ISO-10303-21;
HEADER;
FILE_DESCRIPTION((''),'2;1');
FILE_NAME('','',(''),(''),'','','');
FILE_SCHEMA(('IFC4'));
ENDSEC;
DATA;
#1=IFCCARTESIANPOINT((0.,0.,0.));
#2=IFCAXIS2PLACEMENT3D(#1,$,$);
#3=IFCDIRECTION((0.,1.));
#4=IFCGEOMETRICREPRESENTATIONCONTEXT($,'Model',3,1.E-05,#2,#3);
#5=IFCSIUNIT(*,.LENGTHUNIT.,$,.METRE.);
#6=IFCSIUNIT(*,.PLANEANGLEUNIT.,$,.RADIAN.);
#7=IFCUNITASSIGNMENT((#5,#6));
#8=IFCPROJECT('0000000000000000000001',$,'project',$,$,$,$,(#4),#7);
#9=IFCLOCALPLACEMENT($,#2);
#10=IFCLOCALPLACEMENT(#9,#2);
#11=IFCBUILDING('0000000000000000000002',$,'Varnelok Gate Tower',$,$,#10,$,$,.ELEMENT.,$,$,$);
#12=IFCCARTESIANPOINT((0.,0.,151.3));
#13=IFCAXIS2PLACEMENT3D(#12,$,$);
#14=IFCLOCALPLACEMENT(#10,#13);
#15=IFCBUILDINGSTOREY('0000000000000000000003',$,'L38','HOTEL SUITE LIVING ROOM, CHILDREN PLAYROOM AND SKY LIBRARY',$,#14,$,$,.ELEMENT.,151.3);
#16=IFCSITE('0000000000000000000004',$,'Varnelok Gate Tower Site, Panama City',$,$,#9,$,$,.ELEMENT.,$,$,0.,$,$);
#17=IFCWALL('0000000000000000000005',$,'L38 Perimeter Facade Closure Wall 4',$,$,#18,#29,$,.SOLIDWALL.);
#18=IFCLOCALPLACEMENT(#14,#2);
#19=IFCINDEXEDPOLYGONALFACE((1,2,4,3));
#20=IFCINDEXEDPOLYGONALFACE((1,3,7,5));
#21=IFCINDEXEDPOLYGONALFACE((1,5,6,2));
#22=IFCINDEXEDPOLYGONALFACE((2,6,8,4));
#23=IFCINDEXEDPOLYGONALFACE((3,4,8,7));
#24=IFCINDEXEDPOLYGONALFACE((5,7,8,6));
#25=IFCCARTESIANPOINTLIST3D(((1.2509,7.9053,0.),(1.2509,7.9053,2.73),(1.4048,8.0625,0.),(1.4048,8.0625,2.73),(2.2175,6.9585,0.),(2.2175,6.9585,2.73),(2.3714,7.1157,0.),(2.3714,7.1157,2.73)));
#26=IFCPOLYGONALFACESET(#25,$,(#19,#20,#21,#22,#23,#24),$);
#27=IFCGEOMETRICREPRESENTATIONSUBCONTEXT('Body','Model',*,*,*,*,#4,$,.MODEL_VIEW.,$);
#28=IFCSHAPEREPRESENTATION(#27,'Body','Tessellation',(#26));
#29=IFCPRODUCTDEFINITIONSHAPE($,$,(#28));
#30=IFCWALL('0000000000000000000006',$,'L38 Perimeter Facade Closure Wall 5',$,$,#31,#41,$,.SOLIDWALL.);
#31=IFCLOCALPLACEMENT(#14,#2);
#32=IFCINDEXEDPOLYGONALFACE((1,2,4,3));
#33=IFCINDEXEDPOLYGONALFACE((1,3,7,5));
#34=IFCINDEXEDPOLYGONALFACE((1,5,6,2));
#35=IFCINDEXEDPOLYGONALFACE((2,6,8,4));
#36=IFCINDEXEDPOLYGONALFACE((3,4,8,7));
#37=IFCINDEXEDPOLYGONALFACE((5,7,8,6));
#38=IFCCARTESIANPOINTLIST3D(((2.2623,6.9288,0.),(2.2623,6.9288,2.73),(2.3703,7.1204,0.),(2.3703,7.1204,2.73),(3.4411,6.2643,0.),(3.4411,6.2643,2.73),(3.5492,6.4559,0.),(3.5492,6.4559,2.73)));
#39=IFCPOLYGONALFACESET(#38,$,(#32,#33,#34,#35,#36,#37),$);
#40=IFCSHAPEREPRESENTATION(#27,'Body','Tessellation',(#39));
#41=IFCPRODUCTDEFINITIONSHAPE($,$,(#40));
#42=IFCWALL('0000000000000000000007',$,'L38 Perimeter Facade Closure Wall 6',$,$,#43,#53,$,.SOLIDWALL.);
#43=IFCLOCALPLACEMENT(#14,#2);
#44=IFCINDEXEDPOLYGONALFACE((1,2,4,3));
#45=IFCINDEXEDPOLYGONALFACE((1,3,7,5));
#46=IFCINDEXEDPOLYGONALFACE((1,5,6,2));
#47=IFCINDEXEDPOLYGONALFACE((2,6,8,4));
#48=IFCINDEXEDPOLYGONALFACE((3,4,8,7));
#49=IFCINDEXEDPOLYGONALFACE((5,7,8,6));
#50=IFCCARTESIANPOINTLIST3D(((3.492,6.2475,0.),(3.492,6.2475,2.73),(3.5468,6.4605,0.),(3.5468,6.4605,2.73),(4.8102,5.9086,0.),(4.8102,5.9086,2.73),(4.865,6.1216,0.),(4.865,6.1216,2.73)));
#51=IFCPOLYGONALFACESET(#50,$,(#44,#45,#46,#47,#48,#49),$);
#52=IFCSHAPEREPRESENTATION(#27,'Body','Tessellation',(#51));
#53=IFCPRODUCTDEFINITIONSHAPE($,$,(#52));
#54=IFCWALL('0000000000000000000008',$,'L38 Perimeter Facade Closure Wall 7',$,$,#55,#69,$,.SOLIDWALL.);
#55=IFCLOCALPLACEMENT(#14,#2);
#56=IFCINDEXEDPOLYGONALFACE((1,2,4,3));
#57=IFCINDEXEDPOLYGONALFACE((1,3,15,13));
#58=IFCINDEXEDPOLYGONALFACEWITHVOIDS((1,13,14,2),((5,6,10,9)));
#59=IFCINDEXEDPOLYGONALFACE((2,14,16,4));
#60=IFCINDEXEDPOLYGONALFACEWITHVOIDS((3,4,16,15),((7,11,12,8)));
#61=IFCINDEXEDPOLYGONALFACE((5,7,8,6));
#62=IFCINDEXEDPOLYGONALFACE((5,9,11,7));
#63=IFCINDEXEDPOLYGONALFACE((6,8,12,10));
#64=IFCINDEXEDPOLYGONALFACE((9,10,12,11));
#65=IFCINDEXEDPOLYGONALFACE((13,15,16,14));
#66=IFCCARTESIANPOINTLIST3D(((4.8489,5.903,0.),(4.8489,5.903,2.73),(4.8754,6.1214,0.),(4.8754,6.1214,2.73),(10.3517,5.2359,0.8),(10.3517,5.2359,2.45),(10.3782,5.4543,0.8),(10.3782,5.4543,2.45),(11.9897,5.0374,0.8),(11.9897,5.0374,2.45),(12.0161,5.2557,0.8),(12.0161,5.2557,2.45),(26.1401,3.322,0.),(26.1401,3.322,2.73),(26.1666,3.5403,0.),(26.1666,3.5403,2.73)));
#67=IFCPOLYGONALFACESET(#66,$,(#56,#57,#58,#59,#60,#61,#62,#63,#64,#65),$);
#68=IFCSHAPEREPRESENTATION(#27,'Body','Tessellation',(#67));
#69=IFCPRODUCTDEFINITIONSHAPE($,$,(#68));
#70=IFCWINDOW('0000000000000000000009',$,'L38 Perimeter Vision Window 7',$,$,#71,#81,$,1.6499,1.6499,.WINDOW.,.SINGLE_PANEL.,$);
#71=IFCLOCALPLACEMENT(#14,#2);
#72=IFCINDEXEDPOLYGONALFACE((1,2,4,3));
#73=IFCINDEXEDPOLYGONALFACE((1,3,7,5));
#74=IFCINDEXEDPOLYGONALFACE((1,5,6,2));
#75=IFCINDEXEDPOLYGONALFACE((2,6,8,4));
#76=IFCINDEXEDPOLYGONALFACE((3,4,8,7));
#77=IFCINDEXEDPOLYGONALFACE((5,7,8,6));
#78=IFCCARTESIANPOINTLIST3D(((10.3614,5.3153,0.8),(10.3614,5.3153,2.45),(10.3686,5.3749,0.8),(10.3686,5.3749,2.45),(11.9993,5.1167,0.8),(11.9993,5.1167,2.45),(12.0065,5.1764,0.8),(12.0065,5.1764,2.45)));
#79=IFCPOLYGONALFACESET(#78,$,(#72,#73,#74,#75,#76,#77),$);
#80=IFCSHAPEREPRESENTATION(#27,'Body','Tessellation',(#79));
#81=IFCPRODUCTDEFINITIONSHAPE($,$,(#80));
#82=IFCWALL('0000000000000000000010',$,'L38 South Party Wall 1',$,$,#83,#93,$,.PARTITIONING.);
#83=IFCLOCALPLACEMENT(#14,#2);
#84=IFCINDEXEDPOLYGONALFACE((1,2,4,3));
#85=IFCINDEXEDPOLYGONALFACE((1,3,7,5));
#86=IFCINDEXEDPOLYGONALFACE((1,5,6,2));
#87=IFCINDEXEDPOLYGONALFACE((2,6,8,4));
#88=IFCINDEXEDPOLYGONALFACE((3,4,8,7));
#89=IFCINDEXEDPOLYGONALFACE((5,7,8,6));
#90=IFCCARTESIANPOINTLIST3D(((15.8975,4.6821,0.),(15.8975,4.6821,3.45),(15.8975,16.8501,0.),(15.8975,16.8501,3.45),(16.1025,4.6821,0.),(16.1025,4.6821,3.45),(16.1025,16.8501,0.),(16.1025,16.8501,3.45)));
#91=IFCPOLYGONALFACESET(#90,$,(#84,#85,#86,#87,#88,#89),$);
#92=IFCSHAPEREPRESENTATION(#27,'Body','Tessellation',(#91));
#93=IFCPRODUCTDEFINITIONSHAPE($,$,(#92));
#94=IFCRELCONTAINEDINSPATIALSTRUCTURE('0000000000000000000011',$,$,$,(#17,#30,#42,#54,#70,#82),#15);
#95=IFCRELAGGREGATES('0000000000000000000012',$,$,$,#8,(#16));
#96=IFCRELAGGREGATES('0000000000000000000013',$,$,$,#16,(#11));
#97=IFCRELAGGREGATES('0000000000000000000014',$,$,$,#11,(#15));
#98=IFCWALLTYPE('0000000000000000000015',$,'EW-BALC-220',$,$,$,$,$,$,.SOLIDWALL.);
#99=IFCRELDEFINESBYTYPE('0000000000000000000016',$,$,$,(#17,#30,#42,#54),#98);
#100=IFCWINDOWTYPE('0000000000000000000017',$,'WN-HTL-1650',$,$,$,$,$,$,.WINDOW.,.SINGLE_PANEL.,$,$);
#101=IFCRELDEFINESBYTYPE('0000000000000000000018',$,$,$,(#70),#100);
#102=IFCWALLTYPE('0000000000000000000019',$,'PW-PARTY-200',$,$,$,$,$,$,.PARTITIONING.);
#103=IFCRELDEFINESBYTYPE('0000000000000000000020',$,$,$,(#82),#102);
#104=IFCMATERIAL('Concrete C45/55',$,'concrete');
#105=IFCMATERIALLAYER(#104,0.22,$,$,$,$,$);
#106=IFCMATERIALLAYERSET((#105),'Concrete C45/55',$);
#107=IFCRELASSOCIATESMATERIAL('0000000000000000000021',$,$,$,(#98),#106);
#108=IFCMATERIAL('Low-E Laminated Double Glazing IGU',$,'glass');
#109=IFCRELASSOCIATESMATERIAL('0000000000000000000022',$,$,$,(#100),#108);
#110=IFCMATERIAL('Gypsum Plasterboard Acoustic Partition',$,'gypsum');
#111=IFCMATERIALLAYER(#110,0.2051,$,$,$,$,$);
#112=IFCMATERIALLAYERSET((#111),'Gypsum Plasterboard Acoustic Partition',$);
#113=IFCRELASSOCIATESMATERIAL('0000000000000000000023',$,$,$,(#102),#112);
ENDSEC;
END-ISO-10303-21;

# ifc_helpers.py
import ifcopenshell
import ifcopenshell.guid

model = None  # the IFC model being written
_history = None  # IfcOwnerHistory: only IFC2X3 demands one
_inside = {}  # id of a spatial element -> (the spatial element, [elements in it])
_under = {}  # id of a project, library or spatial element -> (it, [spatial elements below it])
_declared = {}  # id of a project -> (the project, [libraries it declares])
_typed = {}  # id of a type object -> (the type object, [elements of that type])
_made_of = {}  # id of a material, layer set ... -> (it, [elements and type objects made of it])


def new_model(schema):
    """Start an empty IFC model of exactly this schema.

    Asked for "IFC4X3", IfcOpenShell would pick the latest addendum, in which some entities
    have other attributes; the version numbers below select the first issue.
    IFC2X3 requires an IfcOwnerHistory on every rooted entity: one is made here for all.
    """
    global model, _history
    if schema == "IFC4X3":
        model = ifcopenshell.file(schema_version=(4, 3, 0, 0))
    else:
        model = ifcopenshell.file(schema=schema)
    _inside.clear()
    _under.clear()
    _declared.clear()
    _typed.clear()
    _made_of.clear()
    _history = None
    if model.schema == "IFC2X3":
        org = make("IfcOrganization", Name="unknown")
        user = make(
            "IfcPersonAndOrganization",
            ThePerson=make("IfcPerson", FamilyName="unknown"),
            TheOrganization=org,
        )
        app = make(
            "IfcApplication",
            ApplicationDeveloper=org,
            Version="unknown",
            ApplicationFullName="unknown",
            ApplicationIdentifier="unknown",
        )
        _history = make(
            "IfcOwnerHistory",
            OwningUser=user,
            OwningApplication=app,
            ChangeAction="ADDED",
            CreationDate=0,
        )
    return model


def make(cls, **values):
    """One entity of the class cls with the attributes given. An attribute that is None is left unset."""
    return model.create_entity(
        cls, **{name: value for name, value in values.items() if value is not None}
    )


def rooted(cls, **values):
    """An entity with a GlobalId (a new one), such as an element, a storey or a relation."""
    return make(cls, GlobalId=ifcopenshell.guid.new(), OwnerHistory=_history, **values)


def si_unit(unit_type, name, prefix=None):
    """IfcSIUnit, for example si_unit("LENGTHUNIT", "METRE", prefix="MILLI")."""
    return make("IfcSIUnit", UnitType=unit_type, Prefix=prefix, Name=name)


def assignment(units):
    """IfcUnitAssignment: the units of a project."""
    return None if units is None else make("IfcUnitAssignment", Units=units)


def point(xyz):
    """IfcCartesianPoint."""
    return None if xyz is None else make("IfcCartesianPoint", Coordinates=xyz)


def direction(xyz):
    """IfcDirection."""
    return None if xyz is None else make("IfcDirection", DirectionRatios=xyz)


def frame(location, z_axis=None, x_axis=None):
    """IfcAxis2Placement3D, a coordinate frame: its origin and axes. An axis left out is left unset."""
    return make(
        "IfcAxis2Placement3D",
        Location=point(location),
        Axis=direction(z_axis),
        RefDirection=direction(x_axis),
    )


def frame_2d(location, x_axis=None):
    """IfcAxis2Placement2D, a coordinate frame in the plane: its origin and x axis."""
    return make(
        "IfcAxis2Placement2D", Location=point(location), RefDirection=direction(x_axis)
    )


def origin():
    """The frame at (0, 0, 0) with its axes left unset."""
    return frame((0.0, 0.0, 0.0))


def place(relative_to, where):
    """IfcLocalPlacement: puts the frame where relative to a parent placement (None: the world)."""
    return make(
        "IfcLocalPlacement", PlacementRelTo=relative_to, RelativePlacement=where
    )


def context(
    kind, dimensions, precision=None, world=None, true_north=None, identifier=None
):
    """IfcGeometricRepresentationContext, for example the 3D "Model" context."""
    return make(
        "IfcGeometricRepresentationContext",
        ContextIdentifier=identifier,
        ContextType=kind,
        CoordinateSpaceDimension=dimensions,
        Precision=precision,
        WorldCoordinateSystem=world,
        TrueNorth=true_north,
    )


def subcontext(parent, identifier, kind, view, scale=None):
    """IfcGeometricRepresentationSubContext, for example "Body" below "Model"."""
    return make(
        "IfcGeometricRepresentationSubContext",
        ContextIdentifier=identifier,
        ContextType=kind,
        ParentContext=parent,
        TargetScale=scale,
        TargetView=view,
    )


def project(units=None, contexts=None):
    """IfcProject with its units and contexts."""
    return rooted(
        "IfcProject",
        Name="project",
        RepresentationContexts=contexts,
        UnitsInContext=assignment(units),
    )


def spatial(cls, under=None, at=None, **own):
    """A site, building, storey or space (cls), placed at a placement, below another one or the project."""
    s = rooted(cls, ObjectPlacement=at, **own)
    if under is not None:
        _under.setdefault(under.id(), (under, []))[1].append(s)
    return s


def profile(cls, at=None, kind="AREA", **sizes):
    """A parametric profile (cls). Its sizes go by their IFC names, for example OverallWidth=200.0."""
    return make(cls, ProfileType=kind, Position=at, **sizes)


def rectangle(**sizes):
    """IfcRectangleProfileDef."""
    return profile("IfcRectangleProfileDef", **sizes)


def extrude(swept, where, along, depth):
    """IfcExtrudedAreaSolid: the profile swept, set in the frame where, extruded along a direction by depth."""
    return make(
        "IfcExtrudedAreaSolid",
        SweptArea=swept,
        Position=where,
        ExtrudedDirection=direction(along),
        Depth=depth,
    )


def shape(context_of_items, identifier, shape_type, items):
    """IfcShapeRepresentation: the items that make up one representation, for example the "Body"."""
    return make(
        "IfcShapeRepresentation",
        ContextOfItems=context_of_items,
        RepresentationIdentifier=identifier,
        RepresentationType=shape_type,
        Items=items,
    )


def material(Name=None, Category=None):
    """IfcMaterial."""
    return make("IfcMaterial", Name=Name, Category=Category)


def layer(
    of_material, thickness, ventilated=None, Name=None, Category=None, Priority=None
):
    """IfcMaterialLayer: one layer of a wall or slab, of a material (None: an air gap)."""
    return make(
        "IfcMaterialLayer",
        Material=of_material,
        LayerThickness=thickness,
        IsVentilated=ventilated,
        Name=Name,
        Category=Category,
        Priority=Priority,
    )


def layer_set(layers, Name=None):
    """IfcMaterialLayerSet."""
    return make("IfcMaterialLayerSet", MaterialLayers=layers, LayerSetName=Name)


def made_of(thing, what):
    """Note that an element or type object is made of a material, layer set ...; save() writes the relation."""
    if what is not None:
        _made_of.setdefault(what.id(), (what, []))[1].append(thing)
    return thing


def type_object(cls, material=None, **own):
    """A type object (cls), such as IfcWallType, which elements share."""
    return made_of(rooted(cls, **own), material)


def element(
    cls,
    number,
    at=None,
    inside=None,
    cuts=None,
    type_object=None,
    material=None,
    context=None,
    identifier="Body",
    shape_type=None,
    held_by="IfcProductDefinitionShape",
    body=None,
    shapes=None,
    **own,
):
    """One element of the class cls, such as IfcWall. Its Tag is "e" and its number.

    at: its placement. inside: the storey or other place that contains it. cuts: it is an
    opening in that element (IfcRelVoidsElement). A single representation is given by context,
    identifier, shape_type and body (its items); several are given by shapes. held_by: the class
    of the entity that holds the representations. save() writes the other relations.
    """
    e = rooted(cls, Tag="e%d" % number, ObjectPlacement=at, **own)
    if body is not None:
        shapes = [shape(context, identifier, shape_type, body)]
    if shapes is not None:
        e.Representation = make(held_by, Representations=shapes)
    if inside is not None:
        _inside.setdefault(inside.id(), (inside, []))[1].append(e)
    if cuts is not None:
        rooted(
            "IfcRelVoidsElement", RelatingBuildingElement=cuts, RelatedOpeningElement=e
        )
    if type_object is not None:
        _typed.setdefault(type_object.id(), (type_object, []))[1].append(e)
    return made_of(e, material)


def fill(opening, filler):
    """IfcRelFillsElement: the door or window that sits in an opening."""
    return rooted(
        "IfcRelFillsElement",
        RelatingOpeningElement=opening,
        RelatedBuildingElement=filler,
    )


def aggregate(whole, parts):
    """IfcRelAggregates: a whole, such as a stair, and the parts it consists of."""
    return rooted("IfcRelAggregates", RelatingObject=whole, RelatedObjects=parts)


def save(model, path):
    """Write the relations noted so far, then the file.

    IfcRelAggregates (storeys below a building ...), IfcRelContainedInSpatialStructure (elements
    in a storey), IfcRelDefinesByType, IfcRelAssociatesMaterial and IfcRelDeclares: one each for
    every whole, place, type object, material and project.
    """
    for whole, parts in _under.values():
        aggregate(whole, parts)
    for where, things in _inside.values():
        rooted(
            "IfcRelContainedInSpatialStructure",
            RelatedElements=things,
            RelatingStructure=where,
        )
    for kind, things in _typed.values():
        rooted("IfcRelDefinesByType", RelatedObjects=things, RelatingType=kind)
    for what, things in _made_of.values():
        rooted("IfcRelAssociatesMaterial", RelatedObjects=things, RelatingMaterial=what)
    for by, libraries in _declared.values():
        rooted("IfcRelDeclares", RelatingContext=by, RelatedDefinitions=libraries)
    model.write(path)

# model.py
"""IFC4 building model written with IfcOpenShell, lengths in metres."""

from ifc_helpers import new_model, si_unit, direction, frame, frame_2d, origin, place, context, subcontext, project, spatial, rectangle, extrude, material, layer, layer_set, type_object, element, fill, save


model = new_model("IFC4")

# Units and contexts
model_context = context("Model", 3, precision=1e-05, world=origin(), true_north=direction((0.0, 1.0)))
body_context = subcontext(model_context, "Body", "Model", "MODEL_VIEW")
ifc_project = project(units=[si_unit("LENGTHUNIT", "METRE"), si_unit("PLANEANGLEUNIT", "RADIAN")], contexts=[model_context])

# Site, building, storey
site_placement = place(None, origin())
site = spatial("IfcSite", under=ifc_project, at=site_placement, Name="Varnelok Gate Tower Site, Panama City", CompositionType="ELEMENT", RefElevation=0.0)
building_placement = place(site_placement, origin())
building = spatial("IfcBuilding", under=site, at=building_placement, Name="Varnelok Gate Tower", CompositionType="ELEMENT")
storey_placement = place(building_placement, frame((0.0, 0.0, 151.3)))
storey = spatial("IfcBuildingStorey", under=building, at=storey_placement, Name="L38", Description="HOTEL SUITE LIVING ROOM, CHILDREN PLAYROOM AND SKY LIBRARY", CompositionType="ELEMENT", Elevation=151.3)

# Shared definitions
ifc_material_1 = material(Name="Concrete C45/55", Category="concrete")

# Shared definitions
ifc_material_2 = material(Name="Low-E Laminated Double Glazing IGU", Category="glass")

# Walls
ifc_layer_1 = layer(ifc_material_1, 0.22)
ifc_layer_set_1 = layer_set([ifc_layer_1], Name="Concrete C45/55")
wall_type_1 = type_object("IfcWallType", Name="EW-BALC-220", PredefinedType="SOLIDWALL", material=ifc_layer_set_1)
wall_1_placement = place(storey_placement, frame((1.3279, 7.9839, 0.0), z_axis=(0.0, 0.0, 1.0), x_axis=(0.714377, -0.699761, 0.0)))
element("IfcWall", 1, at=wall_1_placement, inside=storey, type_object=wall_type_1, Name="L38 Perimeter Facade Closure Wall 4", PredefinedType="SOLIDWALL", context=body_context, shape_type="SweptSolid", body=[
    extrude(rectangle(XDim=1.353, YDim=0.22, at=frame_2d((0.6765, 0.0))), origin(), (0.0, 0.0, 1.0), 2.73),
])
wall_2_placement = place(storey_placement, frame((2.3162, 7.0247, 0.0), z_axis=(0.0, 0.0, 1.0), x_axis=(0.871137, -0.49104, 0.0)))
element("IfcWall", 2, at=wall_2_placement, inside=storey, type_object=wall_type_1, Name="L38 Perimeter Facade Closure Wall 5", PredefinedType="SOLIDWALL", context=body_context, shape_type="SweptSolid", body=[
    extrude(rectangle(XDim=1.3533, YDim=0.22, at=frame_2d((0.6768, 0.0))), origin(), (0.0, 0.0, 1.0), 2.73),
])
wall_3_placement = place(storey_placement, frame((3.5193, 6.354, 0.0), z_axis=(0.0, 0.0, 1.0), x_axis=(0.968507, -0.248988, 0.0)))
element("IfcWall", 3, at=wall_3_placement, inside=storey, type_object=wall_type_1, Name="L38 Perimeter Facade Closure Wall 6", PredefinedType="SOLIDWALL", context=body_context, shape_type="SweptSolid", body=[
    extrude(rectangle(XDim=1.3611, YDim=0.22, at=frame_2d((0.6807, 0.0))), origin(), (0.0, 0.0, 1.0), 2.73),
])

# Wall, opening, window
wall_4_placement = place(storey_placement, frame((4.8621, 6.0122, 0.0), z_axis=(0.0, 0.0, 1.0), x_axis=(0.992732, -0.120345, 0.0)))
wall_4 = element("IfcWall", 4, at=wall_4_placement, inside=storey, type_object=wall_type_1, Name="L38 Perimeter Facade Closure Wall 7", PredefinedType="SOLIDWALL", context=body_context, shape_type="SweptSolid", body=[
    extrude(rectangle(XDim=21.447, YDim=0.22, at=frame_2d((10.7236, 0.0))), origin(), (0.0, 0.0, 1.0), 2.73),
])
opening_placement = place(wall_4_placement, frame((5.5432, 0.0, 0.8)))
opening = element("IfcOpeningElement", 5, at=opening_placement, cuts=wall_4, PredefinedType="OPENING", context=body_context, shape_type="SweptSolid", body=[
    extrude(rectangle(XDim=1.6499, YDim=1.6499, at=frame_2d((0.825, 0.825))), frame((0.0, 0.1199, 0.0), z_axis=(0.0, -1.0, 0.0), x_axis=(1.0, 0.0, 0.0)), (0.0, 0.0, 1.0), 0.24),
])
window_type = type_object("IfcWindowType", Name="WN-HTL-1650", PartitioningType="SINGLE_PANEL", PredefinedType="WINDOW", material=ifc_material_2)
window_placement = place(opening_placement, origin())
window = element("IfcWindow", 6, at=window_placement, inside=storey, type_object=window_type, Name="L38 Perimeter Vision Window 7", OverallHeight=1.6499, OverallWidth=1.6499, PartitioningType="SINGLE_PANEL", PredefinedType="WINDOW", context=body_context, shape_type="SweptSolid", body=[
    extrude(rectangle(XDim=1.6499, YDim=1.6499, at=frame_2d((0.825, 0.825))), frame((0.0, 0.03, 0.0), z_axis=(0.0, -1.0, 0.0), x_axis=(1.0, 0.0, 0.0)), (0.0, 0.0, 1.0), 0.0601),
])
fill(opening, window)

# Wall
ifc_material_3 = material(Name="Gypsum Plasterboard Acoustic Partition", Category="gypsum")
ifc_layer_2 = layer(ifc_material_3, 0.2051)
ifc_layer_set_2 = layer_set([ifc_layer_2], Name="Gypsum Plasterboard Acoustic Partition")
wall_type_2 = type_object("IfcWallType", Name="PW-PARTY-200", PredefinedType="PARTITIONING", material=ifc_layer_set_2)
wall_5_placement = place(storey_placement, frame((16.0, 4.6821, 0.0), z_axis=(0.0, 0.0, 1.0), x_axis=(0.0, 1.0, 0.0)))
element("IfcWall", 7, at=wall_5_placement, inside=storey, type_object=wall_type_2, Name="L38 South Party Wall 1", PredefinedType="PARTITIONING", context=body_context, shape_type="SweptSolid", body=[
    extrude(rectangle(XDim=12.168, YDim=0.2051, at=frame_2d((6.084, 0.0))), origin(), (0.0, 0.0, 1.0), 3.45),
])

save(model, "model.ifc")
